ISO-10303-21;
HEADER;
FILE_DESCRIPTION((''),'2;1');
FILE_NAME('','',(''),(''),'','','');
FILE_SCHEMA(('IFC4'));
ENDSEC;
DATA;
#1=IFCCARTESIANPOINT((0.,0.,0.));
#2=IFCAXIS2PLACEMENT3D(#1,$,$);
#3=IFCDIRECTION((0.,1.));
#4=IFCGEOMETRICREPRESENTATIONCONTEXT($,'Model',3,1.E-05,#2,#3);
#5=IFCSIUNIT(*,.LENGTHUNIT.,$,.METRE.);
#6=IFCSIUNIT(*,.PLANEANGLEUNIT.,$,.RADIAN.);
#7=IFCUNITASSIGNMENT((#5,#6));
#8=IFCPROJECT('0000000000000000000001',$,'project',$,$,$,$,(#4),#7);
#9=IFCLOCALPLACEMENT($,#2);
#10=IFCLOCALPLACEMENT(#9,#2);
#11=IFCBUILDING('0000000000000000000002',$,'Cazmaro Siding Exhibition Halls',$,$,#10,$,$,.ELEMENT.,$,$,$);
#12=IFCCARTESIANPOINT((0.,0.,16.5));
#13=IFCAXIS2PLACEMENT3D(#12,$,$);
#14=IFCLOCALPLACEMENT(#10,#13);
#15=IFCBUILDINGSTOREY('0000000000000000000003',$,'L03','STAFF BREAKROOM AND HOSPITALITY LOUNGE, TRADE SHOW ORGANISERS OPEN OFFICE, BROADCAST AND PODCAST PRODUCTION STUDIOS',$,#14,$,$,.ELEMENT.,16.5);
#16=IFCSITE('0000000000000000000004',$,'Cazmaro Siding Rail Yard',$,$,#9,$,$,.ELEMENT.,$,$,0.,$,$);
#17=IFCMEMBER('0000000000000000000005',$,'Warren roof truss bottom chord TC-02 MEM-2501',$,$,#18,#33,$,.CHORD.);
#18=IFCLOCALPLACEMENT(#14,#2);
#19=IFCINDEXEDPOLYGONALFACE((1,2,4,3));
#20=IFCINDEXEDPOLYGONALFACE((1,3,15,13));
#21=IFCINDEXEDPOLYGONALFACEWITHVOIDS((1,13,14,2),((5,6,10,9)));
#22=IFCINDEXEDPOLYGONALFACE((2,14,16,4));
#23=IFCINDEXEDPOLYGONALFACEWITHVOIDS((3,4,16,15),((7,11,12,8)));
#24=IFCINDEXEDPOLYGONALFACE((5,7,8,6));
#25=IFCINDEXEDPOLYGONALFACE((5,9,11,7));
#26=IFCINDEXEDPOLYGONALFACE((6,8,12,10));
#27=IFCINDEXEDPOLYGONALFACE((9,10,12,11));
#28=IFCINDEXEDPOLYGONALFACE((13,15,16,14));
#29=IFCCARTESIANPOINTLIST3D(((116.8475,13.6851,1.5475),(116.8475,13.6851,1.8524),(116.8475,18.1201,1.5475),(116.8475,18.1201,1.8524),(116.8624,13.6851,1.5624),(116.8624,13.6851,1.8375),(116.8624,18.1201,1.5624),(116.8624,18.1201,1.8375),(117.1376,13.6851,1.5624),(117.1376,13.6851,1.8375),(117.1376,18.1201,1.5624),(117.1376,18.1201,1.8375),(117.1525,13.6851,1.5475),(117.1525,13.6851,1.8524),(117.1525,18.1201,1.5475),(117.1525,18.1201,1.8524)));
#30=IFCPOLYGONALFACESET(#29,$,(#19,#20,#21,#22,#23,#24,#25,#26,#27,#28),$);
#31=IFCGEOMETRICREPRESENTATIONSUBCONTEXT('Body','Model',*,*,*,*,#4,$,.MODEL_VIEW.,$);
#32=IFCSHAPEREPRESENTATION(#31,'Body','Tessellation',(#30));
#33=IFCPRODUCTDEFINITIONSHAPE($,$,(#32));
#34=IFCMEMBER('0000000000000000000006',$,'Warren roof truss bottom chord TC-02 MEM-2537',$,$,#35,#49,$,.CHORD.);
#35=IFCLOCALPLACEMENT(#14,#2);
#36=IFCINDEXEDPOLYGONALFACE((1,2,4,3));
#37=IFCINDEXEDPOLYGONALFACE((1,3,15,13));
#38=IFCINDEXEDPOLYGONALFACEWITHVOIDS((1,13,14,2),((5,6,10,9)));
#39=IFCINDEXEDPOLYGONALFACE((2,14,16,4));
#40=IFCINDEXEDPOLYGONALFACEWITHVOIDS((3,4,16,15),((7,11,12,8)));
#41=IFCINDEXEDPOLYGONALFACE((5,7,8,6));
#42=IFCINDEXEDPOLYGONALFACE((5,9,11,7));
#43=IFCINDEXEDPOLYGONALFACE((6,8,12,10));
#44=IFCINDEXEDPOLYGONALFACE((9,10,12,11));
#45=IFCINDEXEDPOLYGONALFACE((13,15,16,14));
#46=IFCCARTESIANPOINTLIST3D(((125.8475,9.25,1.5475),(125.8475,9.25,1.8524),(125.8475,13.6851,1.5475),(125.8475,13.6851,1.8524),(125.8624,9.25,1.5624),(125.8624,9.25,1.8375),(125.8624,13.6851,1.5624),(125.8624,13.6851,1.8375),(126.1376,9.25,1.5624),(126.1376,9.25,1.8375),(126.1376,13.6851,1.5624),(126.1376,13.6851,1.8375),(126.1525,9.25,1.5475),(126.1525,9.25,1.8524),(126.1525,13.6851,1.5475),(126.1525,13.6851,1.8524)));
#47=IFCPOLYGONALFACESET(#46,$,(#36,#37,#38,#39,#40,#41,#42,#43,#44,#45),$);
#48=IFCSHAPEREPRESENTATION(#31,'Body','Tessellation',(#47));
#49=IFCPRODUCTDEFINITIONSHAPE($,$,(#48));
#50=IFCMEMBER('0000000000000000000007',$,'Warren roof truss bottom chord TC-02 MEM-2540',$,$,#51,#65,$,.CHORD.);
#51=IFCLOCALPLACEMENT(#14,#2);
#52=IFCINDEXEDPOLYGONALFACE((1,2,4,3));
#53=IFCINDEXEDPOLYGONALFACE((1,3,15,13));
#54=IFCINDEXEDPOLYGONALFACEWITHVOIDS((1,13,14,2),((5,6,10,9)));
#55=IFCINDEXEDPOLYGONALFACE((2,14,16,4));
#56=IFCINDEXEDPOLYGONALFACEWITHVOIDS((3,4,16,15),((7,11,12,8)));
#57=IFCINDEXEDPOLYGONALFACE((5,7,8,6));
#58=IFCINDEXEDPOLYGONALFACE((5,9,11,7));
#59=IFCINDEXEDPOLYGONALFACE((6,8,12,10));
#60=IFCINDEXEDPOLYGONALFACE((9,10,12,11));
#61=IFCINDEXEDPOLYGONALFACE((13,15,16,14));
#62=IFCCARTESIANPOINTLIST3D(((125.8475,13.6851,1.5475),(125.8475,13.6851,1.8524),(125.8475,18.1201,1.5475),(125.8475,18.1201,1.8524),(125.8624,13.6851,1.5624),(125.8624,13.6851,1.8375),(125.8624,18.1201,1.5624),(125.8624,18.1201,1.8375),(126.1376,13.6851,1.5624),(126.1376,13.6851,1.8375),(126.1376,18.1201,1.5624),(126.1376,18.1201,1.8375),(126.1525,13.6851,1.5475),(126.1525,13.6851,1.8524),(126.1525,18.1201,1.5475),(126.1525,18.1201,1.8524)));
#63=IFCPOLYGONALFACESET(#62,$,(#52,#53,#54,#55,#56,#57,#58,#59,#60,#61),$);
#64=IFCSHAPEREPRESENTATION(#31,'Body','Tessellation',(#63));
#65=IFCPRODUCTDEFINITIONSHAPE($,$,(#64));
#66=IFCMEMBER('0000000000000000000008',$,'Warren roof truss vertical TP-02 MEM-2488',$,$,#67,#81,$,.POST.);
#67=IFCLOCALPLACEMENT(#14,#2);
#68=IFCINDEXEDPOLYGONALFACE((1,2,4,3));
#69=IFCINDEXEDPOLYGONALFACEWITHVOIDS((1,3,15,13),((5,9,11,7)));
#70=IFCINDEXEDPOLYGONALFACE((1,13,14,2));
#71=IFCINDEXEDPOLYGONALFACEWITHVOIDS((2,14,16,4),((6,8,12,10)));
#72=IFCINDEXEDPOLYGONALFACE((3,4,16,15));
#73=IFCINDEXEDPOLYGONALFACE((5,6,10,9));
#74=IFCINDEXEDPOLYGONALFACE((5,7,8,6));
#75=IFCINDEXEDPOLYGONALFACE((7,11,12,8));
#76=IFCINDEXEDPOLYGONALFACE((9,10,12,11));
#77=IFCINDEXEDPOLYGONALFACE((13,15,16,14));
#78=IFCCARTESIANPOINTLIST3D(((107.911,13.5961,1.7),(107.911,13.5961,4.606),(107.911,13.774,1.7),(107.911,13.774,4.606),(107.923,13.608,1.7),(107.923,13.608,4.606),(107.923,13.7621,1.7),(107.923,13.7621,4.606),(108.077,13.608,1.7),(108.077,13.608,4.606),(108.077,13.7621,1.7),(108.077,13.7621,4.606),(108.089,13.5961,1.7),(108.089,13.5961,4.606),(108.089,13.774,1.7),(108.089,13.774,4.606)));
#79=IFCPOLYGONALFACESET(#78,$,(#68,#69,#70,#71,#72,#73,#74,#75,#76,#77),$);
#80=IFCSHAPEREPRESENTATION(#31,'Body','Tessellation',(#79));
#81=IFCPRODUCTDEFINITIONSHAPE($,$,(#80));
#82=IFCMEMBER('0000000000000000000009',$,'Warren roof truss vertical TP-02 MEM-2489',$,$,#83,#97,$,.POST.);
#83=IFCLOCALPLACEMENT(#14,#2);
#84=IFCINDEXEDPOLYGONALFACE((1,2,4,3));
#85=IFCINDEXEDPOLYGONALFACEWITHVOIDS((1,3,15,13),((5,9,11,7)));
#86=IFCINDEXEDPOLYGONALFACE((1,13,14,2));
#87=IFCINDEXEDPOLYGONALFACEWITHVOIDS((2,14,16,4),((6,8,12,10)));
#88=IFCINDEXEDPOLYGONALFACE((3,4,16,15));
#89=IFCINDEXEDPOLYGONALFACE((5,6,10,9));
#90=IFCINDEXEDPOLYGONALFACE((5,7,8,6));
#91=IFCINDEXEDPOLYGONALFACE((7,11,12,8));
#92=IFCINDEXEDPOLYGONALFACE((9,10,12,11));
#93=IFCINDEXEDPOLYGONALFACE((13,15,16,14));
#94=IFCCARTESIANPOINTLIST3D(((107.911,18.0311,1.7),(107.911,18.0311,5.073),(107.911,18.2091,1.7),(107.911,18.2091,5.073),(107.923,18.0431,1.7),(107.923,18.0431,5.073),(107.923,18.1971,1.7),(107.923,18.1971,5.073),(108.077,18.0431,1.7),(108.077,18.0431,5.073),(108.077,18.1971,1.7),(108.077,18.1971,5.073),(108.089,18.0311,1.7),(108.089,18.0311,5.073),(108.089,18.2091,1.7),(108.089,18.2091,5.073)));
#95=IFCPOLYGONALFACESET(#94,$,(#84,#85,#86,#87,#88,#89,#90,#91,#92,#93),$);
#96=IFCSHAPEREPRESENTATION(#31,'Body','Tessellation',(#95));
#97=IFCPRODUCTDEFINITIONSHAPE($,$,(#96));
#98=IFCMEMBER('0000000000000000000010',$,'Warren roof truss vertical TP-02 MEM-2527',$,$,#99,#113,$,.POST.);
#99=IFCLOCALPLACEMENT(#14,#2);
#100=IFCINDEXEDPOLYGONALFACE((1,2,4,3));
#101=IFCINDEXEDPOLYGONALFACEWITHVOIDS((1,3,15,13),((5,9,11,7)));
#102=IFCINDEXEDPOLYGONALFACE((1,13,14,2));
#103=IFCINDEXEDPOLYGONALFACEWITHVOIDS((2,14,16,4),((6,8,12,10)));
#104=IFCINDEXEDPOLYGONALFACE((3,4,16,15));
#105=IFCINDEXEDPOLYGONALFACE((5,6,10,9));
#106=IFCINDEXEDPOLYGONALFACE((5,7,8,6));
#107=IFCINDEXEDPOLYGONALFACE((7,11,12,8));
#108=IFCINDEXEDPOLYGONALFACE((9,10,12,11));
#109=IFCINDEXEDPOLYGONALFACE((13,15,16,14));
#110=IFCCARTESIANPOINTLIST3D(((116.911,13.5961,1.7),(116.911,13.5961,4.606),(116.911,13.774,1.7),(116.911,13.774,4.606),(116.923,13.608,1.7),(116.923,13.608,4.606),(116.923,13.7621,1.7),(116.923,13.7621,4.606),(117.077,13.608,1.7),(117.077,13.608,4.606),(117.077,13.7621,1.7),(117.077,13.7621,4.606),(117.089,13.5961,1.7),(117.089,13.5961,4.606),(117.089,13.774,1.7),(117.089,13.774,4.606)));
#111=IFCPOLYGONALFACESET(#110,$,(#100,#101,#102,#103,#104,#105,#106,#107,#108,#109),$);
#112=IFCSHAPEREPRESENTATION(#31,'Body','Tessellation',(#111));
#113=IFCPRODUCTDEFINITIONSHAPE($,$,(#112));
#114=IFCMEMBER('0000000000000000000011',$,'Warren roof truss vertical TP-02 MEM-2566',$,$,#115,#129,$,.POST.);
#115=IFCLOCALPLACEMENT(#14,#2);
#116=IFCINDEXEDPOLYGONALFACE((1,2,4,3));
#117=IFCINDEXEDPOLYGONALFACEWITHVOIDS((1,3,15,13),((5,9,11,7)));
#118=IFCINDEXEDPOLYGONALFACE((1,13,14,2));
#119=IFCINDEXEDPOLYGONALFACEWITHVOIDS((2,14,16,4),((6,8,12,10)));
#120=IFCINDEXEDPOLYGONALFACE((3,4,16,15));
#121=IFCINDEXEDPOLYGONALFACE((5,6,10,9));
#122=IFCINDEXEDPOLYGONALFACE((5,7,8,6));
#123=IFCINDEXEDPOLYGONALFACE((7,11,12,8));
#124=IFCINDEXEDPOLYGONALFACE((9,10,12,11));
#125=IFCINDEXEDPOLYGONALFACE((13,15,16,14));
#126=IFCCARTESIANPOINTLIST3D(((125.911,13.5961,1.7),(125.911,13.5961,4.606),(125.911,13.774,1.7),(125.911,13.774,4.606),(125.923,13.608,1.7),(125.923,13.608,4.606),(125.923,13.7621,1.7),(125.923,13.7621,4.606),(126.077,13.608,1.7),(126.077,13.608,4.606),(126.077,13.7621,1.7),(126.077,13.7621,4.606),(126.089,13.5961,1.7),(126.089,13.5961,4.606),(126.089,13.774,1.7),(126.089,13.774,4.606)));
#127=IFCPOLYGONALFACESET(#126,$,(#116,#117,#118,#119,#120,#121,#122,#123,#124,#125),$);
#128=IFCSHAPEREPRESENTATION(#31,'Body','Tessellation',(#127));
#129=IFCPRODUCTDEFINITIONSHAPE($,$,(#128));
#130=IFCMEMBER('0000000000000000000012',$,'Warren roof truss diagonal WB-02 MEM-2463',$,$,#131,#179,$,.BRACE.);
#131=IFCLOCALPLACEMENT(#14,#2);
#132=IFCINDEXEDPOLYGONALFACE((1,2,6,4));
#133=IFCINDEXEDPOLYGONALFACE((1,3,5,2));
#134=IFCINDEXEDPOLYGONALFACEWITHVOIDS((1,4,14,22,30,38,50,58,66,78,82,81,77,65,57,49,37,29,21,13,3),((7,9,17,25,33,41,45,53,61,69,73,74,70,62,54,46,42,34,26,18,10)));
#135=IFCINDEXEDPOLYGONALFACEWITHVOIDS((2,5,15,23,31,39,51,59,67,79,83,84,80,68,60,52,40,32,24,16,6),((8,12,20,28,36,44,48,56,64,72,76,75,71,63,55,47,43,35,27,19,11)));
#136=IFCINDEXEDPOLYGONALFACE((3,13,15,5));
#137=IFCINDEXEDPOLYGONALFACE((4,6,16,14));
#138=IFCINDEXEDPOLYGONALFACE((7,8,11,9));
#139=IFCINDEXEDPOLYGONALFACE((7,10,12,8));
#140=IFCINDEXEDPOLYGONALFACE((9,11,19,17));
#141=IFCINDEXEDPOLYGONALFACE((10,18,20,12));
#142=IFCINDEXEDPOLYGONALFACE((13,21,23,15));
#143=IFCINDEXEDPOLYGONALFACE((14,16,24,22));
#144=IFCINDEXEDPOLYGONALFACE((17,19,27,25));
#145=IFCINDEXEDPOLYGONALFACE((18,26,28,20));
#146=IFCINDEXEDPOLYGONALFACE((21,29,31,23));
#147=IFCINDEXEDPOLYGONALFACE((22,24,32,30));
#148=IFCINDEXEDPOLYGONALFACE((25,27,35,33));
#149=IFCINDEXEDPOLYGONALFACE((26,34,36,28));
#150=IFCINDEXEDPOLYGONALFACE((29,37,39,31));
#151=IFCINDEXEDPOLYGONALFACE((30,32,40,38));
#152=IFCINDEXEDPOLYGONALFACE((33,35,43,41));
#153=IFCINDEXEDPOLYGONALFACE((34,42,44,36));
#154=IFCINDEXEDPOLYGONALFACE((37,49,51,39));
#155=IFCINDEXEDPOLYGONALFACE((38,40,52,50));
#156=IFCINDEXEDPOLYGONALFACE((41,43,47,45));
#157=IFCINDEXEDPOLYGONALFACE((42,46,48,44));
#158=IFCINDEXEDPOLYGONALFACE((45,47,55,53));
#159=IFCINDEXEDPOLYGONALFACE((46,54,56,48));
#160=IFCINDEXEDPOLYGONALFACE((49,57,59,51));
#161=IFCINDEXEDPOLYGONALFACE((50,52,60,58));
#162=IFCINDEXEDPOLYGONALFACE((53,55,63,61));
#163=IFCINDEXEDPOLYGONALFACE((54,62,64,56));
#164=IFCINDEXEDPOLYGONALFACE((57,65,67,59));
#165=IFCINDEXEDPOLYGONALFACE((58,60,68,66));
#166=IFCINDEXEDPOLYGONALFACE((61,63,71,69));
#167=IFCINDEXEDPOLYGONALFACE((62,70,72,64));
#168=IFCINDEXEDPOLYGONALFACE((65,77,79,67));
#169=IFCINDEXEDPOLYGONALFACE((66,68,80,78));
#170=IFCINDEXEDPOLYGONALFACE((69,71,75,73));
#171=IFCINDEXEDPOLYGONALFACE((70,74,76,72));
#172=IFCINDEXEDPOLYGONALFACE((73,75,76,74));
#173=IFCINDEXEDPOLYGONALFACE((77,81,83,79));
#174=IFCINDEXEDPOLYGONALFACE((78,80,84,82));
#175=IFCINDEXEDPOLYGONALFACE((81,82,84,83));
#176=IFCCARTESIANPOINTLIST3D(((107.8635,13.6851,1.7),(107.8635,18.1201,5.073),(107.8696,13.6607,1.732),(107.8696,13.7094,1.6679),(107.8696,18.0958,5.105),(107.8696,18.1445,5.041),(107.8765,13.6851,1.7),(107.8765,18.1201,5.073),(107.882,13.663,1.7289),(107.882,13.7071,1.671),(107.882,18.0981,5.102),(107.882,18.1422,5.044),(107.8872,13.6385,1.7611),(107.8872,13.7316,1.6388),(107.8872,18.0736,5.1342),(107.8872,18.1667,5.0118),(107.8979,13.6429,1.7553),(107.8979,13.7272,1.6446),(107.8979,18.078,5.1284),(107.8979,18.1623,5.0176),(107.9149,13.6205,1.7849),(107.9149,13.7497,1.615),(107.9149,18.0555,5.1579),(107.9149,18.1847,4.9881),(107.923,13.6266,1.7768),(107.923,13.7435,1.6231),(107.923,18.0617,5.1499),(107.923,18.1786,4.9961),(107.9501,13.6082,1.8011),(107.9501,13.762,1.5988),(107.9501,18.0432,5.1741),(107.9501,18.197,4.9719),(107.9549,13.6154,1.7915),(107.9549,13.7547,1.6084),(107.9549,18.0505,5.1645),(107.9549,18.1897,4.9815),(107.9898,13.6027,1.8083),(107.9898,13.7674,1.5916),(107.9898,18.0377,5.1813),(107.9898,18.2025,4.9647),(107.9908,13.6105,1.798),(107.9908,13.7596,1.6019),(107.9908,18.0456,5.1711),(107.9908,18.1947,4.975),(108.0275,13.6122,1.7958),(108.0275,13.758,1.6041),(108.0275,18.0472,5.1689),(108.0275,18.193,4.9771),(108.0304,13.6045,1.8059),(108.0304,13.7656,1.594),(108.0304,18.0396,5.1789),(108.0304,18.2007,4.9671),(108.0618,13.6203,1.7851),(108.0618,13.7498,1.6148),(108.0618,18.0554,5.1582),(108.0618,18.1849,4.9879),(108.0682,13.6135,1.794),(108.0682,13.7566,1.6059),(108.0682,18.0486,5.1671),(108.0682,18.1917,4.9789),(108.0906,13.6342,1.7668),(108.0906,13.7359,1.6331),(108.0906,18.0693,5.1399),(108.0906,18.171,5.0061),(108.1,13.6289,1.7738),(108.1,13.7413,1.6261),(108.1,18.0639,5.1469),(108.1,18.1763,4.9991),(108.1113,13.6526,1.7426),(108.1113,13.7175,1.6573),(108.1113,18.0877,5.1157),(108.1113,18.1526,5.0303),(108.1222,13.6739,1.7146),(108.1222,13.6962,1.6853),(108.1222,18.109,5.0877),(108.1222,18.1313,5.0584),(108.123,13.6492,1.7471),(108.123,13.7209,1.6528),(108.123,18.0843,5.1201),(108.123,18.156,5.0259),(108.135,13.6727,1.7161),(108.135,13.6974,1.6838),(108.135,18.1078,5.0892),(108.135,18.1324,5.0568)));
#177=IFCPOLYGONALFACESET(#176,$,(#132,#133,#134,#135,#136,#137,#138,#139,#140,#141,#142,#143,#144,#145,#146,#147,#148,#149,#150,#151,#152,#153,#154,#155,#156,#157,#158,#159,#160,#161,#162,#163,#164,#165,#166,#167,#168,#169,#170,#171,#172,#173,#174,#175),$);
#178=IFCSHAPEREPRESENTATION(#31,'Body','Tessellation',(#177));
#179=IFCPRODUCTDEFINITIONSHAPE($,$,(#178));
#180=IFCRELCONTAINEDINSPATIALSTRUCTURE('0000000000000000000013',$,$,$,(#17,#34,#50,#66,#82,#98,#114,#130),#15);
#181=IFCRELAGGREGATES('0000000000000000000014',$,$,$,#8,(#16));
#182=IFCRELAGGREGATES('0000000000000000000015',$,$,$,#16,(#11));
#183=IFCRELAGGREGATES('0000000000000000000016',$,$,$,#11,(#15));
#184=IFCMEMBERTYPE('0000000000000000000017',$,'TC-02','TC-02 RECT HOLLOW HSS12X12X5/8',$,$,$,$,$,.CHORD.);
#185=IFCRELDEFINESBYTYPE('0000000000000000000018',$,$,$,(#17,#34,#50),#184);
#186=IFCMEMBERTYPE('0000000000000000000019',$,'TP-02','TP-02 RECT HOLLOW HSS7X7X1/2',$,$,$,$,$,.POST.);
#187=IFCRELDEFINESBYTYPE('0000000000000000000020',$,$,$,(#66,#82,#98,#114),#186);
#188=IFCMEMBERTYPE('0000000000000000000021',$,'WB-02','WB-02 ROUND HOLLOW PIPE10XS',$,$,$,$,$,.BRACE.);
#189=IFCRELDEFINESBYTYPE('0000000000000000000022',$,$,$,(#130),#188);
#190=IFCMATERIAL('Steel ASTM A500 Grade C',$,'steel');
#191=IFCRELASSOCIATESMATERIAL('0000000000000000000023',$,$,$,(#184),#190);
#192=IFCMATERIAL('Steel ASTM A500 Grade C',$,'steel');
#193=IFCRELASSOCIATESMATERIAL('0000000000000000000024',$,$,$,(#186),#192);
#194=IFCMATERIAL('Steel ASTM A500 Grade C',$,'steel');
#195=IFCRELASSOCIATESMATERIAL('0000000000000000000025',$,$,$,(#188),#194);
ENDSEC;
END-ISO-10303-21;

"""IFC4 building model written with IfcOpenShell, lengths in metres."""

from ifc_helpers import new_model, si_unit, direction, frame, origin, origin_2d, place, context, subcontext, project, spatial, hollow_rectangle, hollow_circle, extrude, material, material_profile, profile_set, type_object, element, save


model = new_model("IFC4")

# Units and contexts
model_context = context("Model", 3, precision=1e-05, world=origin(), true_north=direction((0.0, 1.0)))
body_context = subcontext(model_context, "Body", "Model", "MODEL_VIEW")
ifc_project = project(units=[si_unit("LENGTHUNIT", "METRE"), si_unit("PLANEANGLEUNIT", "RADIAN")], contexts=[model_context])

# Site, building, storey
site_placement = place(None, origin())
site = spatial("IfcSite", under=ifc_project, at=site_placement, Name="Cazmaro Siding Rail Yard", CompositionType="ELEMENT", RefElevation=0.0)
building_placement = place(site_placement, origin())
building = spatial("IfcBuilding", under=site, at=building_placement, Name="Cazmaro Siding Exhibition Halls", CompositionType="ELEMENT")
storey_placement = place(building_placement, frame((0.0, 0.0, 16.5)))
storey = spatial("IfcBuildingStorey", under=building, at=storey_placement, Name="L03", Description="STAFF BREAKROOM AND HOSPITALITY LOUNGE, TRADE SHOW ORGANISERS OPEN OFFICE, BROADCAST AND PODCAST PRODUCTION STUDIOS", CompositionType="ELEMENT", Elevation=16.5)

# Members
ifc_material_1 = material(Name="Steel ASTM A500 Grade C", Category="steel")
ifc_material_profile_1 = material_profile(ifc_material_1, hollow_rectangle(XDim=0.3049, YDim=0.3049, WallThickness=0.0149, at=origin_2d()), Name="HSS12X12X5/8")
ifc_profile_set_1 = profile_set([ifc_material_profile_1], Name="Steel ASTM A500 Grade C")
member_type_1 = type_object("IfcMemberType", Name="TC-02", Description="TC-02 RECT HOLLOW HSS12X12X5/8", PredefinedType="CHORD", material=ifc_profile_set_1)
for number, where, z_axis, x_axis, name in (
    (1, (117.0, 13.6851, 1.7), (0.0, 1.0, 0.0), (-1.0, 0.0, 0.0), "Warren roof truss bottom chord TC-02 MEM-2501"),
    (2, (126.0, 9.25, 1.7), (0.0, 1.0, 0.0), (-1.0, 0.0, 0.0), "Warren roof truss bottom chord TC-02 MEM-2537"),
    (3, (126.0, 13.6851, 1.7), (0.0, 1.0, 0.0), (-1.0, 0.0, 0.0), "Warren roof truss bottom chord TC-02 MEM-2540"),
):
    element("IfcMember", number, at=place(storey_placement, frame(where, z_axis=z_axis, x_axis=x_axis)), inside=storey, type_object=member_type_1, Name=name, PredefinedType="CHORD", context=body_context, shape_type="SweptSolid", body=[
        extrude(hollow_rectangle(XDim=0.3049, YDim=0.3049, WallThickness=0.0149, at=origin_2d()), origin(), (0.0, 0.0, 1.0), 4.4351),
    ])
ifc_material_2 = material(Name="Steel ASTM A500 Grade C", Category="steel")
ifc_material_profile_2 = material_profile(ifc_material_2, hollow_rectangle(XDim=0.178, YDim=0.178, WallThickness=0.012, at=origin_2d()), Name="HSS7X7X1/2")
ifc_profile_set_2 = profile_set([ifc_material_profile_2], Name="Steel ASTM A500 Grade C")
member_type_2 = type_object("IfcMemberType", Name="TP-02", Description="TP-02 RECT HOLLOW HSS7X7X1/2", PredefinedType="POST", material=ifc_profile_set_2)
member_1_placement = place(storey_placement, frame((108.0, 13.6851, 1.7), z_axis=(0.0, 0.0, 1.0), x_axis=(1.0, 0.0, 0.0)))
element("IfcMember", 4, at=member_1_placement, inside=storey, type_object=member_type_2, Name="Warren roof truss vertical TP-02 MEM-2488", PredefinedType="POST", context=body_context, shape_type="SweptSolid", body=[
    extrude(hollow_rectangle(XDim=0.178, YDim=0.178, WallThickness=0.012, at=origin_2d()), origin(), (0.0, 0.0, 1.0), 2.906),
])
member_2_placement = place(storey_placement, frame((108.0, 18.1201, 1.7), z_axis=(0.0, 0.0, 1.0), x_axis=(1.0, 0.0, 0.0)))
element("IfcMember", 5, at=member_2_placement, inside=storey, type_object=member_type_2, Name="Warren roof truss vertical TP-02 MEM-2489", PredefinedType="POST", context=body_context, shape_type="SweptSolid", body=[
    extrude(hollow_rectangle(XDim=0.178, YDim=0.178, WallThickness=0.012, at=origin_2d()), origin(), (0.0, 0.0, 1.0), 3.373),
])
for number, where, z_axis, x_axis, name in (
    (6, (117.0, 13.6851, 1.7), (0.0, 0.0, 1.0), (1.0, 0.0, 0.0), "Warren roof truss vertical TP-02 MEM-2527"),
    (7, (126.0, 13.6851, 1.7), (0.0, 0.0, 1.0), (1.0, 0.0, 0.0), "Warren roof truss vertical TP-02 MEM-2566"),
):
    element("IfcMember", number, at=place(storey_placement, frame(where, z_axis=z_axis, x_axis=x_axis)), inside=storey, type_object=member_type_2, Name=name, PredefinedType="POST", context=body_context, shape_type="SweptSolid", body=[
        extrude(hollow_rectangle(XDim=0.178, YDim=0.178, WallThickness=0.012, at=origin_2d()), origin(), (0.0, 0.0, 1.0), 2.906),
    ])
ifc_material_3 = material(Name="Steel ASTM A500 Grade C", Category="steel")
ifc_material_profile_3 = material_profile(ifc_material_3, hollow_circle(Radius=0.1365, WallThickness=0.0129, at=origin_2d()), Name="PIPE10XS")
ifc_profile_set_3 = profile_set([ifc_material_profile_3], Name="Steel ASTM A500 Grade C")
member_type_3 = type_object("IfcMemberType", Name="WB-02", Description="WB-02 ROUND HOLLOW PIPE10XS", PredefinedType="BRACE", material=ifc_profile_set_3)
member_3_placement = place(storey_placement, frame((108.0, 13.6851, 1.7), z_axis=(0.0, 0.795954, 0.605357), x_axis=(-1.0, 0.0, 0.0)))
element("IfcMember", 8, at=member_3_placement, inside=storey, type_object=member_type_3, Name="Warren roof truss diagonal WB-02 MEM-2463", PredefinedType="BRACE", context=body_context, shape_type="SweptSolid", body=[
    extrude(hollow_circle(Radius=0.1365, WallThickness=0.0129, at=origin_2d()), origin(), (0.0, 0.0, 1.0), 5.572),
])

save(model, "model.ifc")
